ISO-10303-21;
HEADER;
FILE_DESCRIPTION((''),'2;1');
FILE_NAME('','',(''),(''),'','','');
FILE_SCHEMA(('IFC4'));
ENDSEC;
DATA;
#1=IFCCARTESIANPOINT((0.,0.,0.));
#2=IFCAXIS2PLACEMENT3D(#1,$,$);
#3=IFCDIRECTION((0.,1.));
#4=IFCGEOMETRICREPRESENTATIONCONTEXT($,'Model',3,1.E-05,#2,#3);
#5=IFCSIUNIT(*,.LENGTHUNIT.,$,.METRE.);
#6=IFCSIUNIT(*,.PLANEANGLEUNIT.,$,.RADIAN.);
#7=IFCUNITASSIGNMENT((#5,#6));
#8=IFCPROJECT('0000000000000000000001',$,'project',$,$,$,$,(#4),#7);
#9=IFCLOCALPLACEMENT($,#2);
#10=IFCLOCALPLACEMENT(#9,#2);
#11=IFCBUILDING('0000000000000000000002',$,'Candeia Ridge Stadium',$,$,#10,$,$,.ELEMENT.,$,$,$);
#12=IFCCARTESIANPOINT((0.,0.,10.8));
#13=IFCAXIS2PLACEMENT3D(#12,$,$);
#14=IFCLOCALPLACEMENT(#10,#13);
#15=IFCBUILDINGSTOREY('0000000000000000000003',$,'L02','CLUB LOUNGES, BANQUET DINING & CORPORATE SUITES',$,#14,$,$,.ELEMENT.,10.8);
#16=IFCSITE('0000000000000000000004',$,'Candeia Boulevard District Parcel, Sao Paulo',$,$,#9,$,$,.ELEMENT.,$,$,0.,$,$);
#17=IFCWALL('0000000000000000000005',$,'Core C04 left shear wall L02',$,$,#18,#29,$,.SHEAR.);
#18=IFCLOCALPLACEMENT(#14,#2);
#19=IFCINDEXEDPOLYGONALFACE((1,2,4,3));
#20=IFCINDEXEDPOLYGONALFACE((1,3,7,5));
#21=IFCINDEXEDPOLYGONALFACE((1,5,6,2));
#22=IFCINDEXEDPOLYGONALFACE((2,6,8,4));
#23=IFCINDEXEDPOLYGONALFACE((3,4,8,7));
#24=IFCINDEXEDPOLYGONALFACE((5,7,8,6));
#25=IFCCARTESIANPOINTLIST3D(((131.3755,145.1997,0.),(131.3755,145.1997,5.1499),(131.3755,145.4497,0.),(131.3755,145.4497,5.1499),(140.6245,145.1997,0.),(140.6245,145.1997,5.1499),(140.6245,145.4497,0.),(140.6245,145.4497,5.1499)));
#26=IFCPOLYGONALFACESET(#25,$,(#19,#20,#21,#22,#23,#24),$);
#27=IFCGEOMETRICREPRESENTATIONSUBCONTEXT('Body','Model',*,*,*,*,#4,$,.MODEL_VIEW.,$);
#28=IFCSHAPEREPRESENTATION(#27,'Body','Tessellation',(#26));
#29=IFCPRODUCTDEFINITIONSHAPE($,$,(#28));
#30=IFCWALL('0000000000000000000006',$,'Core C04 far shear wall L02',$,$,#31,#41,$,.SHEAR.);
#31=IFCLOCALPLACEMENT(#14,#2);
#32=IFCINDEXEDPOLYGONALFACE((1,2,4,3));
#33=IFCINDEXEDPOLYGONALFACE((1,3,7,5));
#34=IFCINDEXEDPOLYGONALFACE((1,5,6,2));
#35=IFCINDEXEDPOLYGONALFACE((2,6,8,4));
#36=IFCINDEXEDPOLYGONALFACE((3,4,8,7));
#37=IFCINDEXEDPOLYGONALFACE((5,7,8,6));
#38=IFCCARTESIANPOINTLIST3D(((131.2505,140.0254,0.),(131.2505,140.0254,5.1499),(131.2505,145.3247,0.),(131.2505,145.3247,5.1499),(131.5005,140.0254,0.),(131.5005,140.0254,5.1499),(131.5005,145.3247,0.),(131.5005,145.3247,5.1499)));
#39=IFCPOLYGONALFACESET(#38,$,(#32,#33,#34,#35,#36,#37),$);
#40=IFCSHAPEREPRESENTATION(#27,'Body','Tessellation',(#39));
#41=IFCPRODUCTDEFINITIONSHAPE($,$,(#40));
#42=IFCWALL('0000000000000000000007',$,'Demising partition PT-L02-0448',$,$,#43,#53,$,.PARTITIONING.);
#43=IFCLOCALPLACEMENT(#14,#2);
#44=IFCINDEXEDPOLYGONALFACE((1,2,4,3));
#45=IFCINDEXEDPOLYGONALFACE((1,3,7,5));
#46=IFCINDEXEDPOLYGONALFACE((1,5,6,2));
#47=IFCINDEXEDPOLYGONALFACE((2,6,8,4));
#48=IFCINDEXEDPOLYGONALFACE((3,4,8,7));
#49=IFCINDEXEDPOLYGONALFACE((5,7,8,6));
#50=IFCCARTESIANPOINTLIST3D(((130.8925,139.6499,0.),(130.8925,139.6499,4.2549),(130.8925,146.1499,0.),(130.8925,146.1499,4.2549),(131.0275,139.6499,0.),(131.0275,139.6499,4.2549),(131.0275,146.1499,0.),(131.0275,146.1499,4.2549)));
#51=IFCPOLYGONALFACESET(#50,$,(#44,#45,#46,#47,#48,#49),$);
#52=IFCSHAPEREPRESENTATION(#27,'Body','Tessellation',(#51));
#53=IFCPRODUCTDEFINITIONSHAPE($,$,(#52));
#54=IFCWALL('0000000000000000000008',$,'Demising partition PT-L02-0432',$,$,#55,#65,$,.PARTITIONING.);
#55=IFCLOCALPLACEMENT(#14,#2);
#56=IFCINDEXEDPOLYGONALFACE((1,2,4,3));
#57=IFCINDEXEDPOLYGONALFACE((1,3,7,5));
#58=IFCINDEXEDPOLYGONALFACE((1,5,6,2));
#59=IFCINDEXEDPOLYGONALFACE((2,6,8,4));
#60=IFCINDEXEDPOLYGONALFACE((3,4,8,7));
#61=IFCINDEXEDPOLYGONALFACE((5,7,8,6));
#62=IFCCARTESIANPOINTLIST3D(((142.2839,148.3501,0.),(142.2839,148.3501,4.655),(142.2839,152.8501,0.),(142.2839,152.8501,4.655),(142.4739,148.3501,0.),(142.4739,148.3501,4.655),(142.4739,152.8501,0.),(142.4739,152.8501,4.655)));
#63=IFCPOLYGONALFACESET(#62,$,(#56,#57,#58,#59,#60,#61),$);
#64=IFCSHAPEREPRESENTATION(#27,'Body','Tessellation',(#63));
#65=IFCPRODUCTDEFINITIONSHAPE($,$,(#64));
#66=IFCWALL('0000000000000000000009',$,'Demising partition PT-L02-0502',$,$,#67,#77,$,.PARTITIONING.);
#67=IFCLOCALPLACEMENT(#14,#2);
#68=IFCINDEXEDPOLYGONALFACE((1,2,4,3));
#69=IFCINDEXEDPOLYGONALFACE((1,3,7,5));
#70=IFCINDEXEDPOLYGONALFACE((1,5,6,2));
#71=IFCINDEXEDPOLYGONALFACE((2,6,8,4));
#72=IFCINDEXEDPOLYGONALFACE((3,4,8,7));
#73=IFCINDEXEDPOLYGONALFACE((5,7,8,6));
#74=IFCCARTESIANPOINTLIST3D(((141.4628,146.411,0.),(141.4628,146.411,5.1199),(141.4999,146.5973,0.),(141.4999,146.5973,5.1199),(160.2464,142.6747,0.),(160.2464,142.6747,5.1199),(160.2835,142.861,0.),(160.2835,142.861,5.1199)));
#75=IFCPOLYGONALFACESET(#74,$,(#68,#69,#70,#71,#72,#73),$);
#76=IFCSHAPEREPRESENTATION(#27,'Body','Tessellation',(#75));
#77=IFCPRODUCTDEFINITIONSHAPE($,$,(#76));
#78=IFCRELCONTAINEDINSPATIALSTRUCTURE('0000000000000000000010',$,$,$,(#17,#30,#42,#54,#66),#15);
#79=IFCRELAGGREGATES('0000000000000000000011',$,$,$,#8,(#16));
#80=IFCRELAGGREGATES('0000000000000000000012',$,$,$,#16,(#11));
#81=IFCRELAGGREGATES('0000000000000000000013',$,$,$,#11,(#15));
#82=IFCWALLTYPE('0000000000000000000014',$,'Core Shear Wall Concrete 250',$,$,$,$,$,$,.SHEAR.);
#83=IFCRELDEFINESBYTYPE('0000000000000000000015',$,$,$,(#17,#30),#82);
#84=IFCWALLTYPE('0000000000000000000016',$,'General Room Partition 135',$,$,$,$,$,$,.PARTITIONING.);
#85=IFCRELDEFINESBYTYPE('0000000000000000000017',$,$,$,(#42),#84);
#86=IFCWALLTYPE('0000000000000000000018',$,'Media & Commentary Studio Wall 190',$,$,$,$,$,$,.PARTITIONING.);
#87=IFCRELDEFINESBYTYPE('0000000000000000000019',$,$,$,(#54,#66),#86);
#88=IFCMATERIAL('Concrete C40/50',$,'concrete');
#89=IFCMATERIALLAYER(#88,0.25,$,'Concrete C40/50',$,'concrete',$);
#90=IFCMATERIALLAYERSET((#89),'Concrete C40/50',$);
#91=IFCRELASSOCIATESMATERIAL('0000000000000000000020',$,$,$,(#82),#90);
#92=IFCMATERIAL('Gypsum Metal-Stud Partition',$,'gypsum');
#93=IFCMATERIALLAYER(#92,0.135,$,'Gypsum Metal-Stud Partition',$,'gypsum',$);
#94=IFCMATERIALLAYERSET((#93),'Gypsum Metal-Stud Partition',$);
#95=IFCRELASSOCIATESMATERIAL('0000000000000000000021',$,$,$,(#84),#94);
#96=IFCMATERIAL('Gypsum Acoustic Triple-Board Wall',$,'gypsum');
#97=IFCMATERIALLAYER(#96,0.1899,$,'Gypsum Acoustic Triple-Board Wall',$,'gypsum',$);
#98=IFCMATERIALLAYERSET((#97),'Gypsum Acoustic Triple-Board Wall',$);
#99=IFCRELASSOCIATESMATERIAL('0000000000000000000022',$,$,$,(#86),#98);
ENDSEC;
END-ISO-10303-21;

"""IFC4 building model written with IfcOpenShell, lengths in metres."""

from ifc_helpers import new_model, si_unit, direction, frame, frame_2d, origin, place, context, subcontext, project, spatial, rectangle, extrude, material, layer, layer_set, type_object, element, save


model = new_model("IFC4")

# Units and contexts
model_context = context("Model", 3, precision=1e-05, world=origin(), true_north=direction((0.0, 1.0)))
body_context = subcontext(model_context, "Body", "Model", "MODEL_VIEW")
ifc_project = project(units=[si_unit("LENGTHUNIT", "METRE"), si_unit("PLANEANGLEUNIT", "RADIAN")], contexts=[model_context])

# Site, building, storey
site_placement = place(None, origin())
site = spatial("IfcSite", under=ifc_project, at=site_placement, Name="Candeia Boulevard District Parcel, Sao Paulo", CompositionType="ELEMENT", RefElevation=0.0)
building_placement = place(site_placement, origin())
building = spatial("IfcBuilding", under=site, at=building_placement, Name="Candeia Ridge Stadium", CompositionType="ELEMENT")
storey_placement = place(building_placement, frame((0.0, 0.0, 10.8)))
storey = spatial("IfcBuildingStorey", under=building, at=storey_placement, Name="L02", Description="CLUB LOUNGES, BANQUET DINING & CORPORATE SUITES", CompositionType="ELEMENT", Elevation=10.8)

# Shared definitions
ifc_material_1 = material(Name="Concrete C40/50", Category="concrete")

# Walls
ifc_layer_1 = layer(ifc_material_1, 0.25, Name="Concrete C40/50", Category="concrete")
ifc_layer_set_1 = layer_set([ifc_layer_1], Name="Concrete C40/50")
wall_type_1 = type_object("IfcWallType", Name="Core Shear Wall Concrete 250", PredefinedType="SHEAR", material=ifc_layer_set_1)
wall_1_placement = place(storey_placement, frame((140.6245, 145.3247, 0.0), z_axis=(0.0, 0.0, 1.0), x_axis=(-1.0, 0.0, 0.0)))
element("IfcWall", 1, at=wall_1_placement, inside=storey, type_object=wall_type_1, Name="Core C04 left shear wall L02", PredefinedType="SHEAR", context=body_context, shape_type="SweptSolid", body=[
    extrude(rectangle(XDim=9.249, YDim=0.25, at=frame_2d((4.6245, 0.0))), origin(), (0.0, 0.0, 1.0), 5.1499),
])
wall_2_placement = place(storey_placement, frame((131.3755, 145.3247, 0.0), z_axis=(0.0, 0.0, 1.0), x_axis=(0.0, -1.0, 0.0)))
element("IfcWall", 2, at=wall_2_placement, inside=storey, type_object=wall_type_1, Name="Core C04 far shear wall L02", PredefinedType="SHEAR", context=body_context, shape_type="SweptSolid", body=[
    extrude(rectangle(XDim=5.2993, YDim=0.25, at=frame_2d((2.6497, 0.0))), origin(), (0.0, 0.0, 1.0), 5.1499),
])
ifc_material_2 = material(Name="Gypsum Metal-Stud Partition", Category="gypsum")
ifc_layer_2 = layer(ifc_material_2, 0.135, Name="Gypsum Metal-Stud Partition", Category="gypsum")
ifc_layer_set_2 = layer_set([ifc_layer_2], Name="Gypsum Metal-Stud Partition")
wall_type_2 = type_object("IfcWallType", Name="General Room Partition 135", PredefinedType="PARTITIONING", material=ifc_layer_set_2)
wall_3_placement = place(storey_placement, frame((130.96, 146.1499, 0.0), z_axis=(0.0, 0.0, 1.0), x_axis=(0.0, -1.0, 0.0)))
element("IfcWall", 3, at=wall_3_placement, inside=storey, type_object=wall_type_2, Name="Demising partition PT-L02-0448", PredefinedType="PARTITIONING", context=body_context, shape_type="SweptSolid", body=[
    extrude(rectangle(XDim=6.5, YDim=0.135, at=frame_2d((3.25, 0.0))), origin(), (0.0, 0.0, 1.0), 4.2549),
])
ifc_material_3 = material(Name="Gypsum Acoustic Triple-Board Wall", Category="gypsum")
ifc_layer_3 = layer(ifc_material_3, 0.1899, Name="Gypsum Acoustic Triple-Board Wall", Category="gypsum")
ifc_layer_set_3 = layer_set([ifc_layer_3], Name="Gypsum Acoustic Triple-Board Wall")
wall_type_3 = type_object("IfcWallType", Name="Media & Commentary Studio Wall 190", PredefinedType="PARTITIONING", material=ifc_layer_set_3)
wall_4_placement = place(storey_placement, frame((142.3789, 148.3501, 0.0), z_axis=(0.0, 0.0, 1.0), x_axis=(0.0, 1.0, 0.0)))
element("IfcWall", 4, at=wall_4_placement, inside=storey, type_object=wall_type_3, Name="Demising partition PT-L02-0432", PredefinedType="PARTITIONING", context=body_context, shape_type="SweptSolid", body=[
    extrude(rectangle(XDim=4.5, YDim=0.1899, at=frame_2d((2.25, 0.0))), origin(), (0.0, 0.0, 1.0), 4.655),
])
wall_5_placement = place(storey_placement, frame((141.4814, 146.5042, 0.0), z_axis=(0.0, 0.0, 1.0), x_axis=(0.980785, -0.195091, 0.0)))
element("IfcWall", 5, at=wall_5_placement, inside=storey, type_object=wall_type_3, Name="Demising partition PT-L02-0502", PredefinedType="PARTITIONING", context=body_context, shape_type="SweptSolid", body=[
    extrude(rectangle(XDim=19.1516, YDim=0.1899, at=frame_2d((9.5757, 0.0))), origin(), (0.0, 0.0, 1.0), 5.1199),
])

save(model, "model.ifc")
